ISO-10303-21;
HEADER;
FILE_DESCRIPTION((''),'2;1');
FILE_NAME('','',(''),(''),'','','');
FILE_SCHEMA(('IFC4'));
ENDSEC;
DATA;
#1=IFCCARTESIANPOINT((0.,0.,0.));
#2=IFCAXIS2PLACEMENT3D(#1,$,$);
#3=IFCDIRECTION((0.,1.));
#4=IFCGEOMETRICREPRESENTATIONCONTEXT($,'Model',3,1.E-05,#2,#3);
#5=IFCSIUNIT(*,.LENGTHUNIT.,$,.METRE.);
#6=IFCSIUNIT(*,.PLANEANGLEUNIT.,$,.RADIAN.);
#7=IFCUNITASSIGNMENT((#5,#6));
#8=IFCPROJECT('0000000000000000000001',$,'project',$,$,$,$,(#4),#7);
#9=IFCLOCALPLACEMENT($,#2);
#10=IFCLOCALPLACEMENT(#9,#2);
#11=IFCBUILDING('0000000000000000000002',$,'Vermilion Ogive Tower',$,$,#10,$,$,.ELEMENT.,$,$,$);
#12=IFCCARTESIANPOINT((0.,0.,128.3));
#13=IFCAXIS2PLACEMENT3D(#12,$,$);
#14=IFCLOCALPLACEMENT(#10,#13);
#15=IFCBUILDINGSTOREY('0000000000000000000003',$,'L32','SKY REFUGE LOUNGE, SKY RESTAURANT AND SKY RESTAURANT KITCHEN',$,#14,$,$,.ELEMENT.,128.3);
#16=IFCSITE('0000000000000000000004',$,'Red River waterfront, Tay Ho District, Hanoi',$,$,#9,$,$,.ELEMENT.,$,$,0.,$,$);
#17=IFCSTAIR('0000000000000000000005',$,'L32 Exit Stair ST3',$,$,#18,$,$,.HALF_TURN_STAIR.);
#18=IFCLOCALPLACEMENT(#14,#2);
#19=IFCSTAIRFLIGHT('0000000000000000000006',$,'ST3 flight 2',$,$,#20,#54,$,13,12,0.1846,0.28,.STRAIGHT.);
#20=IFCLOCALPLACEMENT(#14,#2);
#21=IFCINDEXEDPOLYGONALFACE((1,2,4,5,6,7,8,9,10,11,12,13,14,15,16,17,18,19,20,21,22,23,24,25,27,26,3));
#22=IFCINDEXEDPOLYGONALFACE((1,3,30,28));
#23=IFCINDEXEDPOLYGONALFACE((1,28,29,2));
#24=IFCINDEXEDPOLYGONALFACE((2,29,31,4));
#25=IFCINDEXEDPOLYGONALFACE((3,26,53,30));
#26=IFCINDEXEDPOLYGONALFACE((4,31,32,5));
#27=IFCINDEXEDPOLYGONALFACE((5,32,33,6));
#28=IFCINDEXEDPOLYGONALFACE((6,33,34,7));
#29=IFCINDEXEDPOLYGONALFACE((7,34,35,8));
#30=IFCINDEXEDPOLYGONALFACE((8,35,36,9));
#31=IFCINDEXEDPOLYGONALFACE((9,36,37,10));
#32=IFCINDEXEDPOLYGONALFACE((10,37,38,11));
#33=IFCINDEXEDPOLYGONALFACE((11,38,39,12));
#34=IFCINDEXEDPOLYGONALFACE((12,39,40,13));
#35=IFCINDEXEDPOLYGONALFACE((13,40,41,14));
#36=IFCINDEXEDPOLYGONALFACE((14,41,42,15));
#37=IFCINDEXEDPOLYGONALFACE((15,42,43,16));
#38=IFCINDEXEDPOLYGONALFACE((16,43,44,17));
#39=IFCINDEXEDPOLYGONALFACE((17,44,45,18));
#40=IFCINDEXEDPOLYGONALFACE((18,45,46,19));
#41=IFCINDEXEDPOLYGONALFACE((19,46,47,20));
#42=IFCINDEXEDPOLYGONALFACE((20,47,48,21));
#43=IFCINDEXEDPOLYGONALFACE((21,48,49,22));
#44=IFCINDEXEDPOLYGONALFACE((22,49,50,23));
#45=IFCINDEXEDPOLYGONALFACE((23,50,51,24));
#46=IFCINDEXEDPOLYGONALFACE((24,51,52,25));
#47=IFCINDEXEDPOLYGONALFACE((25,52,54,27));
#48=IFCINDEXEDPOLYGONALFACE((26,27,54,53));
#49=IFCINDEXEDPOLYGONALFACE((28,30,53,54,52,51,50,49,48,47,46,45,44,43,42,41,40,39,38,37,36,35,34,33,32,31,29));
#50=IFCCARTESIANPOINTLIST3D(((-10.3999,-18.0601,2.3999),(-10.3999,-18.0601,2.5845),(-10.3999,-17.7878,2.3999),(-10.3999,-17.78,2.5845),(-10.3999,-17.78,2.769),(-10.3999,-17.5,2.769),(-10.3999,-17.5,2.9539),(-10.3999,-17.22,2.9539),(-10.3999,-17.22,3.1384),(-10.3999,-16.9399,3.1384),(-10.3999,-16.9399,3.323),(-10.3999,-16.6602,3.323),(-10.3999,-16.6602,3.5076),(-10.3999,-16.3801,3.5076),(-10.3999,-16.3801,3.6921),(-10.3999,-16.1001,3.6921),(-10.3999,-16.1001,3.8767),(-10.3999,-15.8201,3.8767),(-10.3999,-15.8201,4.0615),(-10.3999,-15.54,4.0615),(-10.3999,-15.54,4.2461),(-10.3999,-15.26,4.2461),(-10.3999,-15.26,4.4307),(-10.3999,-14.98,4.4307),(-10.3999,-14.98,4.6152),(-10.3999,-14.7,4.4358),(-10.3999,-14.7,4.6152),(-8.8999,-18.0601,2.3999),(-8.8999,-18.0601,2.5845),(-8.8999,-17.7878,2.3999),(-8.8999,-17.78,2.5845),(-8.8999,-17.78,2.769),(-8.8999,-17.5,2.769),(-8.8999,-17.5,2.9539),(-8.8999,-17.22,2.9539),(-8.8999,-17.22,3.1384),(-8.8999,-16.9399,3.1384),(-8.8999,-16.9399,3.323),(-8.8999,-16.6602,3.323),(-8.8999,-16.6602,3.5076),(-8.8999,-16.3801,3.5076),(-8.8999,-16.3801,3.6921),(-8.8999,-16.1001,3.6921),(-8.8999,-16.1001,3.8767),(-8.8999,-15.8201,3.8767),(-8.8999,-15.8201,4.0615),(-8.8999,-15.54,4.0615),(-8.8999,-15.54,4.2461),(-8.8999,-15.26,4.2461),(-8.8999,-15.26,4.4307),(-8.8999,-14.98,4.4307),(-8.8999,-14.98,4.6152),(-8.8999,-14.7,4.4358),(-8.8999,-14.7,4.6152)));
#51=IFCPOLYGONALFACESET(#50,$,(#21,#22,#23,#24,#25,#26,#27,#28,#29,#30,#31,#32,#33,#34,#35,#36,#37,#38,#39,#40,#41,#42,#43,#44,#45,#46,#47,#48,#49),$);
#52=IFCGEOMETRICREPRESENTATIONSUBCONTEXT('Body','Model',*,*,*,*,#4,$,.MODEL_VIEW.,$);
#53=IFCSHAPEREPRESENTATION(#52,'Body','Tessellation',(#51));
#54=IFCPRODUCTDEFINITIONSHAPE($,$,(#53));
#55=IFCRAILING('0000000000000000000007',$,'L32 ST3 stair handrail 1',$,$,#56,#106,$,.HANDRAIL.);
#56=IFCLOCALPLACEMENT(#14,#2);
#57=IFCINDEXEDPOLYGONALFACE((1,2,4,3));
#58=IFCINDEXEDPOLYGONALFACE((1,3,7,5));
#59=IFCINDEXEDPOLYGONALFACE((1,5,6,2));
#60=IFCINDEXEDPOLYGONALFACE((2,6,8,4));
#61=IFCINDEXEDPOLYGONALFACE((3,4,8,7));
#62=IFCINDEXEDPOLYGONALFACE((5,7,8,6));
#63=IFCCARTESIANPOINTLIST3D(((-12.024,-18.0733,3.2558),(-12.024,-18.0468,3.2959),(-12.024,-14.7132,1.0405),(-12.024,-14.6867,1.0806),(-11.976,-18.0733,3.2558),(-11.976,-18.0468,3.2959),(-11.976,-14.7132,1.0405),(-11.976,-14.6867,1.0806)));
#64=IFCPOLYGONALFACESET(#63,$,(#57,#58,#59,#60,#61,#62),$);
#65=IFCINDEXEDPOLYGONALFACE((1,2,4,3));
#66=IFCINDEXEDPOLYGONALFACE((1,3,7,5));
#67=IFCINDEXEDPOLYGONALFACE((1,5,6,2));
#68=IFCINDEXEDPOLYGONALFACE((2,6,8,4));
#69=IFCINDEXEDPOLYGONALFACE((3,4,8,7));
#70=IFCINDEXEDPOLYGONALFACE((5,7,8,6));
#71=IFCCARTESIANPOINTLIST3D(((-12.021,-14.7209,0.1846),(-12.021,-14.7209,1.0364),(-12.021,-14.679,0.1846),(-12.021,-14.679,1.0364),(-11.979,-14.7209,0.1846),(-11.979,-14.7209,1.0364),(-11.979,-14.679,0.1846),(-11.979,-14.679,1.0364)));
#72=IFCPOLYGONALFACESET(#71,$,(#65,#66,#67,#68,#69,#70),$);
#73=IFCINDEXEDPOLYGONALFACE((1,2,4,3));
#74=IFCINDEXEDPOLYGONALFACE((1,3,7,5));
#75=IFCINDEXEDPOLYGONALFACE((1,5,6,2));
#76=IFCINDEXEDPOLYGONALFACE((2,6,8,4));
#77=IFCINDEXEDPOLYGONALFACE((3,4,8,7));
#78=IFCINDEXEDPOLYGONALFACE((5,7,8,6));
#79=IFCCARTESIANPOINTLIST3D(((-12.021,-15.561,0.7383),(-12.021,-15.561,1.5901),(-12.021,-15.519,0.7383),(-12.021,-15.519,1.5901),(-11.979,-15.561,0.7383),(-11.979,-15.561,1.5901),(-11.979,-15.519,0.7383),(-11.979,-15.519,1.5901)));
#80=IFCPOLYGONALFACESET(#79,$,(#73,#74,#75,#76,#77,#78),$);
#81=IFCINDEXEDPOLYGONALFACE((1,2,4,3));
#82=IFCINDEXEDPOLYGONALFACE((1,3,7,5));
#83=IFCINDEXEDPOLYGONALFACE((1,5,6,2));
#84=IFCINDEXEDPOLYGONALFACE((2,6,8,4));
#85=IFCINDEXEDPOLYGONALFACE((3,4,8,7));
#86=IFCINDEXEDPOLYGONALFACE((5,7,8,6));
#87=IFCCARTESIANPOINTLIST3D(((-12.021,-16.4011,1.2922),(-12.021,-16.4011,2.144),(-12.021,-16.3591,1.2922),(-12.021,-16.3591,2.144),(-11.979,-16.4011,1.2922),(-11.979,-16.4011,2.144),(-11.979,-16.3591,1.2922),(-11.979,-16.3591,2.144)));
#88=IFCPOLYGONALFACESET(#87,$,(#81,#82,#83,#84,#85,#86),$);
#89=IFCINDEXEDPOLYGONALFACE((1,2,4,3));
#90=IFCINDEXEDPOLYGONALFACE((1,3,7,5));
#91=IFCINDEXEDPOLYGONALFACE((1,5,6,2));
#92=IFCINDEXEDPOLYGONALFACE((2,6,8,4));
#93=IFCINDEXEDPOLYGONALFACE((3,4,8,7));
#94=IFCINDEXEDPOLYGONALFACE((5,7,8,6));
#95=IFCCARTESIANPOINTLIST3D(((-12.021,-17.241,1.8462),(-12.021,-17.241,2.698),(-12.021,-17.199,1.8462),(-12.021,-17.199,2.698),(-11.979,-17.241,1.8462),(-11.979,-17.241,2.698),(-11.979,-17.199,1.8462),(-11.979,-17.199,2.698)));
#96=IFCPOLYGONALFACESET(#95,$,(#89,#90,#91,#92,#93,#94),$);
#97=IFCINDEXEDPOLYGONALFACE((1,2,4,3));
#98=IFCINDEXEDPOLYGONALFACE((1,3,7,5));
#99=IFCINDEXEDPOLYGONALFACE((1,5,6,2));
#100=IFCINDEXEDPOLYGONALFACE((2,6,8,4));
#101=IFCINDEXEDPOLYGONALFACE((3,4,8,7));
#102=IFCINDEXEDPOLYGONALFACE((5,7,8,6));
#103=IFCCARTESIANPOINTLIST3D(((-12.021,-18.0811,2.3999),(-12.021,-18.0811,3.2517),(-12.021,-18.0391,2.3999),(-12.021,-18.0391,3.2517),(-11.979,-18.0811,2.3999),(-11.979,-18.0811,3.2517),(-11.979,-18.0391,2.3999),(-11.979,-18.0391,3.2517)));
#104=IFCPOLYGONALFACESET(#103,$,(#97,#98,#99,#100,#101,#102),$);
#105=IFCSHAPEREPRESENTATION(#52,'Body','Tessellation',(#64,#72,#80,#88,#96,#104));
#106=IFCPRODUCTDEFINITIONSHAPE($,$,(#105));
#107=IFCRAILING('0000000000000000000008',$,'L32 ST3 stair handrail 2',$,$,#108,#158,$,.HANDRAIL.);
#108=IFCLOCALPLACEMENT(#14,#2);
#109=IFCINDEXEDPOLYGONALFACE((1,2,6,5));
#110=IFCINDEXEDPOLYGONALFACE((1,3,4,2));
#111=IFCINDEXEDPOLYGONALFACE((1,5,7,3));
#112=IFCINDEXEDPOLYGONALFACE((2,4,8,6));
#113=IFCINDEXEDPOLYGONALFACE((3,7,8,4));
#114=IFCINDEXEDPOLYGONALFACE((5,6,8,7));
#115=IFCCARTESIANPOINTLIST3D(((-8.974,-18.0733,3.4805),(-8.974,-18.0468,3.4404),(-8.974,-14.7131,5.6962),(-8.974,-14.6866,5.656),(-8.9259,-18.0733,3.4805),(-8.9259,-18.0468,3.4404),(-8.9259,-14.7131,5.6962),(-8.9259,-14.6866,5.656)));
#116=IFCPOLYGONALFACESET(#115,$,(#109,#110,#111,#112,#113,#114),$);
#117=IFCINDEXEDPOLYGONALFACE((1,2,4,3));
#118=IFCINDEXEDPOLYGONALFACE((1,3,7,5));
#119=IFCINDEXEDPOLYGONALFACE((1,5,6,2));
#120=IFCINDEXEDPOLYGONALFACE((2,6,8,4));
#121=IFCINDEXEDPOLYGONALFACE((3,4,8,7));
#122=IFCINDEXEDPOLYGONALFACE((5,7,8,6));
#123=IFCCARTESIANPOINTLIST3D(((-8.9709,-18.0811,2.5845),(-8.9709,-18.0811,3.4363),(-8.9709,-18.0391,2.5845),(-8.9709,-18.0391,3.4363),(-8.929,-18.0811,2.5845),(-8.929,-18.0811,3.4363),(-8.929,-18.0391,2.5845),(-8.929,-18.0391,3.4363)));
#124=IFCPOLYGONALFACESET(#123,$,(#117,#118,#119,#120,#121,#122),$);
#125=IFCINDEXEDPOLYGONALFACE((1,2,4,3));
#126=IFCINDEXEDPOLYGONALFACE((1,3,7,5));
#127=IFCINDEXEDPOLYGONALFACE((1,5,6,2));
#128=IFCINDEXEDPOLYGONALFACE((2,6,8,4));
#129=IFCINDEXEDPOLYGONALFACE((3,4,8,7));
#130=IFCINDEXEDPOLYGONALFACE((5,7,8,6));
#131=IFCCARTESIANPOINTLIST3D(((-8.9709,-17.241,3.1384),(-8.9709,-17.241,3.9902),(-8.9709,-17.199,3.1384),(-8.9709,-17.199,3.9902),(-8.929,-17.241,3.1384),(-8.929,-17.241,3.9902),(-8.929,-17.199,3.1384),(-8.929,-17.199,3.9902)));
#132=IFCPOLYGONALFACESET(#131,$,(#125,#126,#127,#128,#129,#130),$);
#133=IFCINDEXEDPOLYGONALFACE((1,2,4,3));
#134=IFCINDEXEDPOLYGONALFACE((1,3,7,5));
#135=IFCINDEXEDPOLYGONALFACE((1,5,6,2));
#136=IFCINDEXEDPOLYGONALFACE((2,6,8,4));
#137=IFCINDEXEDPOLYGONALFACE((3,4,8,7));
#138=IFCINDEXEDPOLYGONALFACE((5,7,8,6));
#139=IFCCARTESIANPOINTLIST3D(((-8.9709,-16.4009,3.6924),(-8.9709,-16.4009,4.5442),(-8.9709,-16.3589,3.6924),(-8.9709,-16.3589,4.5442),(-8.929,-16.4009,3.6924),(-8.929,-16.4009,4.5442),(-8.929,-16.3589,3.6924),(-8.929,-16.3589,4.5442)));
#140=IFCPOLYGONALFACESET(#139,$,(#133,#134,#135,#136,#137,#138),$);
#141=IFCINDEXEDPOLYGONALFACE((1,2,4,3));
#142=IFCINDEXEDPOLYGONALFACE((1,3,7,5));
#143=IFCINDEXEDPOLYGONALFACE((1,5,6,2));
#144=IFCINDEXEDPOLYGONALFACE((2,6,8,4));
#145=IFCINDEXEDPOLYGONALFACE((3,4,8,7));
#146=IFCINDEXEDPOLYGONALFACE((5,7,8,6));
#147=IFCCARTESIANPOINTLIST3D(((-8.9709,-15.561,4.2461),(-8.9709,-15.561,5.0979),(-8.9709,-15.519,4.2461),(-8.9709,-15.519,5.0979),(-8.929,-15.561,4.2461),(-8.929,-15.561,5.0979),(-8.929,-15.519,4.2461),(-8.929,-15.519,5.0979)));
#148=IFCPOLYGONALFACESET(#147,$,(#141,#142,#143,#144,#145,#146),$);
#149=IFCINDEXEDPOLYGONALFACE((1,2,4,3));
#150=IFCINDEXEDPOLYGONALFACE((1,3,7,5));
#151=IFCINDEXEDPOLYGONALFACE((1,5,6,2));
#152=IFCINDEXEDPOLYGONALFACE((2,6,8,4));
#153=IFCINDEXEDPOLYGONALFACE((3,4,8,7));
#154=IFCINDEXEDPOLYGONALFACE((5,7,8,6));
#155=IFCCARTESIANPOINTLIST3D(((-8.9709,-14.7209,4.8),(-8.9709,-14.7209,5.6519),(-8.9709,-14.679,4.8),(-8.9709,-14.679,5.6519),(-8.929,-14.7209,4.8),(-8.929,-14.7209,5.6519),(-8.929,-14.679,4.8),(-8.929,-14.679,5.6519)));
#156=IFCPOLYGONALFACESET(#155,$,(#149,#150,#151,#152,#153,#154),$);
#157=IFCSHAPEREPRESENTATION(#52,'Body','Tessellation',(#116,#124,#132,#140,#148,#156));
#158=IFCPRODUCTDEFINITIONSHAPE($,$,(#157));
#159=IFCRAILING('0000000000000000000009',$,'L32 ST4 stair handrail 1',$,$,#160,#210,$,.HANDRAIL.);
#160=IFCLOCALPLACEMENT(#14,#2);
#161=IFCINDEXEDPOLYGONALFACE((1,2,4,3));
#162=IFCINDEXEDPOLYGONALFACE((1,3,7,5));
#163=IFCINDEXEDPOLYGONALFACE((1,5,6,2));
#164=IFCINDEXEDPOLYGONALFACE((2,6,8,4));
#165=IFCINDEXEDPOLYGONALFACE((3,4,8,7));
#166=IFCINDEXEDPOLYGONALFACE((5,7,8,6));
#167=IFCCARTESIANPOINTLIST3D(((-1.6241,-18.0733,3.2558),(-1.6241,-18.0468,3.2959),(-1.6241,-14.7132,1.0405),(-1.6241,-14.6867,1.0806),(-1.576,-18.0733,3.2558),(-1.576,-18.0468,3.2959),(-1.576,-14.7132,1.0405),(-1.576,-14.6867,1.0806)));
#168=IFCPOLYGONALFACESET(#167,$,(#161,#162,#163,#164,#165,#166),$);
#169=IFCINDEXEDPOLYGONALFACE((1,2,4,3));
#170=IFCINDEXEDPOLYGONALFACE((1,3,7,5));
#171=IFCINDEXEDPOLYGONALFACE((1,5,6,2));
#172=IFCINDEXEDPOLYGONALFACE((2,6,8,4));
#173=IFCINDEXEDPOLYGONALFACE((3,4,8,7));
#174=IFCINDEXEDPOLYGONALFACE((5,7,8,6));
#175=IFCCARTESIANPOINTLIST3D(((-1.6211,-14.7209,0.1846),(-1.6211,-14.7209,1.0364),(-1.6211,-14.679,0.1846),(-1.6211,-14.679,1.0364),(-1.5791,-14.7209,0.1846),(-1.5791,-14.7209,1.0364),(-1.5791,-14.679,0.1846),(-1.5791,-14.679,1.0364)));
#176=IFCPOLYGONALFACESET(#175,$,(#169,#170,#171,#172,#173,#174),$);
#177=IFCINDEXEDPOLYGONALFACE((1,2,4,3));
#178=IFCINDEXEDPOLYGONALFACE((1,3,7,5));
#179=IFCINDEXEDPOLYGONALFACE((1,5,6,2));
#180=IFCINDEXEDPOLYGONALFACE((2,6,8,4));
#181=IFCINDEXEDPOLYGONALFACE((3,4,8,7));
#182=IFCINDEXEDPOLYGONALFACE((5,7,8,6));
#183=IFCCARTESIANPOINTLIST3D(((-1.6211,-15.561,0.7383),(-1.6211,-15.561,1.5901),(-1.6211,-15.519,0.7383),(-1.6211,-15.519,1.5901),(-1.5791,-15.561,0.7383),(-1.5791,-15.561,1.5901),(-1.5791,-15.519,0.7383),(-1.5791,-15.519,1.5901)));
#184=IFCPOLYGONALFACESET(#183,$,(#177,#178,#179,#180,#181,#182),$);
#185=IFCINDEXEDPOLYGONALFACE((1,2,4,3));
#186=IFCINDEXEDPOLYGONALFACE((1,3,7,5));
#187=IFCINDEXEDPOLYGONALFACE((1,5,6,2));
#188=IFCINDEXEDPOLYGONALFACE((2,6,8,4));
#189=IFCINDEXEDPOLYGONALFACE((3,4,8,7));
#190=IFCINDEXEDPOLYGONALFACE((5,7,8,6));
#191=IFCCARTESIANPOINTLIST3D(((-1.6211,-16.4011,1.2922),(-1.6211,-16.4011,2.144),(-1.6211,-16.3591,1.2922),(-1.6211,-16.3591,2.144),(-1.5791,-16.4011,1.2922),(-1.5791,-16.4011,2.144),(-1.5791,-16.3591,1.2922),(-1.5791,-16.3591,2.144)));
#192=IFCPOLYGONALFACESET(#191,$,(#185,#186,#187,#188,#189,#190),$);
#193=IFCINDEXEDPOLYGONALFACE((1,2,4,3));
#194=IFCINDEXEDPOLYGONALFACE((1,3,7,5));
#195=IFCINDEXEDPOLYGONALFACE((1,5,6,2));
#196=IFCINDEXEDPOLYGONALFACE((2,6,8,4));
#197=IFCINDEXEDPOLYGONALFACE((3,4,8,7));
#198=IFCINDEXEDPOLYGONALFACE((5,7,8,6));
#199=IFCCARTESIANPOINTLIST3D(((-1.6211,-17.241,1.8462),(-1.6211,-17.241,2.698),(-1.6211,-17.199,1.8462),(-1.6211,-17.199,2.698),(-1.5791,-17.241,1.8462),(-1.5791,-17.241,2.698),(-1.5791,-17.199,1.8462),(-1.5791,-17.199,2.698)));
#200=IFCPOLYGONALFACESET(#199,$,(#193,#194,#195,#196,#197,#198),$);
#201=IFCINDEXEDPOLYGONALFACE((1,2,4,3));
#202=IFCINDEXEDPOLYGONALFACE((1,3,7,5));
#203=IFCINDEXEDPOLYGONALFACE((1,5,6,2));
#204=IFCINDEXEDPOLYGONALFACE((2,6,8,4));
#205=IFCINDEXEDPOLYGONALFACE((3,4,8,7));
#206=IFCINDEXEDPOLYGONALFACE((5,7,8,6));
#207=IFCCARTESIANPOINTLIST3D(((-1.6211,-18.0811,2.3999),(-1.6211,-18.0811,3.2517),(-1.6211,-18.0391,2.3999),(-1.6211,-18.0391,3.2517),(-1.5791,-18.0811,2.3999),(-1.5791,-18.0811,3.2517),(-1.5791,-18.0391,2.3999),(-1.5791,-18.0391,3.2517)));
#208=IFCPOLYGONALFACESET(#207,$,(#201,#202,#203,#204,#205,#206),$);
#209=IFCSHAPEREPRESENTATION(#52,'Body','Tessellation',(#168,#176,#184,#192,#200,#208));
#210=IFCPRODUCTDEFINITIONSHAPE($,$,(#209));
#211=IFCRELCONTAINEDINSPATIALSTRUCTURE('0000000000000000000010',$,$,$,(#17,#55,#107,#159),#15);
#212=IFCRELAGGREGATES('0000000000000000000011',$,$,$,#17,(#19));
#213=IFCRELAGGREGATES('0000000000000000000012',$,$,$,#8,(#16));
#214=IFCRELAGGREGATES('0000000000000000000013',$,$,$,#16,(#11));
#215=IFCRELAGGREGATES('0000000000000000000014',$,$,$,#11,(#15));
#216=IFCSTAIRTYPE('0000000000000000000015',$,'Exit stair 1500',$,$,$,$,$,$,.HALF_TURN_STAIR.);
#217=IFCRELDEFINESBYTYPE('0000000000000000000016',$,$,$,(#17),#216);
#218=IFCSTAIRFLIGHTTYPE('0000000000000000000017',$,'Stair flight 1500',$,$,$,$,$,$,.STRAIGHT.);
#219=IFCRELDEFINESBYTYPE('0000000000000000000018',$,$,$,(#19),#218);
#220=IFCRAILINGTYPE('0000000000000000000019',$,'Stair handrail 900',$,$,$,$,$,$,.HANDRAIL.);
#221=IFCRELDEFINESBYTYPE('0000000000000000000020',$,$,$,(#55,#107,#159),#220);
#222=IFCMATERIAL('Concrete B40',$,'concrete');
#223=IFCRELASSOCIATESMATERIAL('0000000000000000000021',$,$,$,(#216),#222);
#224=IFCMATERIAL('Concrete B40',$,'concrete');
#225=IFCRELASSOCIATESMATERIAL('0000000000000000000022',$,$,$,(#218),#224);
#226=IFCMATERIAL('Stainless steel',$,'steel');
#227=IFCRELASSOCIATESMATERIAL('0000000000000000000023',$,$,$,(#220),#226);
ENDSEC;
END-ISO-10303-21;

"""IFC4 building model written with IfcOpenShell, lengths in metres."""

from ifc_helpers import new_model, si_unit, direction, frame, origin, origin_2d, place, context, subcontext, project, spatial, polyline, rectangle, outline, extrude, material, type_object, element, aggregate, save


model = new_model("IFC4")

# Units and contexts
model_context = context("Model", 3, precision=1e-05, world=origin(), true_north=direction((0.0, 1.0)))
body_context = subcontext(model_context, "Body", "Model", "MODEL_VIEW")
ifc_project = project(units=[si_unit("LENGTHUNIT", "METRE"), si_unit("PLANEANGLEUNIT", "RADIAN")], contexts=[model_context])

# Site, building, storey
site_placement = place(None, origin())
site = spatial("IfcSite", under=ifc_project, at=site_placement, Name="Red River waterfront, Tay Ho District, Hanoi", CompositionType="ELEMENT", RefElevation=0.0)
building_placement = place(site_placement, origin())
building = spatial("IfcBuilding", under=site, at=building_placement, Name="Vermilion Ogive Tower", CompositionType="ELEMENT")
storey_placement = place(building_placement, frame((0.0, 0.0, 128.3)))
storey = spatial("IfcBuildingStorey", under=building, at=storey_placement, Name="L32", Description="SKY REFUGE LOUNGE, SKY RESTAURANT AND SKY RESTAURANT KITCHEN", CompositionType="ELEMENT", Elevation=128.3)

# Stair, stair flight
ifc_material_1 = material(Name="Concrete B40", Category="concrete")
stair_type = type_object("IfcStairType", Name="Exit stair 1500", PredefinedType="HALF_TURN_STAIR", material=ifc_material_1)
stair_placement = place(storey_placement, origin())
stair = element("IfcStair", 1, at=stair_placement, inside=storey, type_object=stair_type, Name="L32 Exit Stair ST3", PredefinedType="HALF_TURN_STAIR")
ifc_material_2 = material(Name="Concrete B40", Category="concrete")
stair_flight_type = type_object("IfcStairFlightType", Name="Stair flight 1500", PredefinedType="STRAIGHT", material=ifc_material_2)
stair_flight_1_placement = place(storey_placement, frame((-9.6499, -18.0601, 2.3999), z_axis=(0.0, 0.0, 1.0), x_axis=(0.0, 1.0, 0.0)))
stair_flight_1 = element("IfcStairFlight", 2, at=stair_flight_1_placement, type_object=stair_flight_type, Name="ST3 flight 2", NumberOfRisers=13, NumberOfTreads=12, PredefinedType="STRAIGHT", RiserHeight=0.1846, TreadLength=0.28, context=body_context, shape_type="SweptSolid", body=[
    extrude(outline(polyline([(0.0, 0.0), (0.0, 0.1846), (0.28, 0.1846), (0.28, 0.3691), (0.5601, 0.3691), (0.5601, 0.554), (0.8401, 0.554), (0.8401, 0.7385), (1.1201, 0.7385), (1.1201, 0.9231), (1.3999, 0.9231), (1.3999, 1.1077), (1.6799, 1.1077), (1.6799, 1.2922), (1.96, 1.2922), (1.96, 1.4768), (2.24, 1.4768), (2.24, 1.6616), (2.52, 1.6616), (2.52, 1.8462), (2.8, 1.8462), (2.8, 2.0308), (3.0801, 2.0308), (3.0801, 2.2153), (3.3601, 2.2153), (3.3601, 2.3999), (3.3601, 2.0359), (0.2722, 0.0), (0.0, 0.0)])), frame((0.0, 0.75, 0.0), z_axis=(0.0, -1.0, 0.0), x_axis=(1.0, 0.0, 0.0)), (0.0, 0.0, 1.0), 1.5),
])
aggregate(stair, [stair_flight_1])

# Railings
ifc_material_3 = material(Name="Stainless steel", Category="steel")
railing_type = type_object("IfcRailingType", Name="Stair handrail 900", PredefinedType="HANDRAIL", material=ifc_material_3)
railing_1_placement = place(storey_placement, frame((-12.0, -14.7, 0.1846)))
element("IfcRailing", 3, at=railing_1_placement, inside=storey, type_object=railing_type, Name="L32 ST3 stair handrail 1", PredefinedType="HANDRAIL", context=body_context, shape_type="SweptSolid", body=[
    extrude(rectangle(XDim=0.0481, YDim=0.0481, at=origin_2d()), frame((0.0, 0.0, 0.876), z_axis=(0.0, -0.834876, 0.550437), x_axis=(1.0, 0.0, 0.0)), (0.0, 0.0, 1.0), 4.0247),
    extrude(rectangle(XDim=0.042, YDim=0.042, at=origin_2d()), origin(), (0.0, 0.0, 1.0), 0.8518),
    extrude(rectangle(XDim=0.042, YDim=0.042, at=origin_2d()), frame((0.0, -0.8401, 0.5537)), (0.0, 0.0, 1.0), 0.8518),
    extrude(rectangle(XDim=0.042, YDim=0.042, at=origin_2d()), frame((0.0, -1.6802, 1.1077)), (0.0, 0.0, 1.0), 0.8518),
    extrude(rectangle(XDim=0.042, YDim=0.042, at=origin_2d()), frame((0.0, -2.52, 1.6616)), (0.0, 0.0, 1.0), 0.8518),
    extrude(rectangle(XDim=0.042, YDim=0.042, at=origin_2d()), frame((0.0, -3.3601, 2.2153)), (0.0, 0.0, 1.0), 0.8518),
])
railing_2_placement = place(storey_placement, frame((-8.95, -18.0601, 2.5845)))
element("IfcRailing", 4, at=railing_2_placement, inside=storey, type_object=railing_type, Name="L32 ST3 stair handrail 2", PredefinedType="HANDRAIL", context=body_context, shape_type="SweptSolid", body=[
    extrude(rectangle(XDim=0.0481, YDim=0.0481, at=origin_2d()), frame((0.0, 0.0, 0.876), z_axis=(0.0, 0.834849, 0.55048), x_axis=(-1.0, 0.0, 0.0)), (0.0, 0.0, 1.0), 4.0249),
    extrude(rectangle(XDim=0.042, YDim=0.042, at=origin_2d()), origin(), (0.0, 0.0, 1.0), 0.8518),
    extrude(rectangle(XDim=0.042, YDim=0.042, at=origin_2d()), frame((0.0, 0.8401, 0.554)), (0.0, 0.0, 1.0), 0.8518),
    extrude(rectangle(XDim=0.042, YDim=0.042, at=origin_2d()), frame((0.0, 1.6802, 1.1079)), (0.0, 0.0, 1.0), 0.8518),
    extrude(rectangle(XDim=0.042, YDim=0.042, at=origin_2d()), frame((0.0, 2.52, 1.6616)), (0.0, 0.0, 1.0), 0.8518),
    extrude(rectangle(XDim=0.042, YDim=0.042, at=origin_2d()), frame((0.0, 3.3601, 2.2156)), (0.0, 0.0, 1.0), 0.8518),
])
railing_3_placement = place(storey_placement, frame((-1.6001, -14.7, 0.1846)))
element("IfcRailing", 5, at=railing_3_placement, inside=storey, type_object=railing_type, Name="L32 ST4 stair handrail 1", PredefinedType="HANDRAIL", context=body_context, shape_type="SweptSolid", body=[
    extrude(rectangle(XDim=0.0481, YDim=0.0481, at=origin_2d()), frame((0.0, 0.0, 0.876), z_axis=(0.0, -0.834876, 0.550437), x_axis=(1.0, 0.0, 0.0)), (0.0, 0.0, 1.0), 4.0247),
    extrude(rectangle(XDim=0.042, YDim=0.042, at=origin_2d()), origin(), (0.0, 0.0, 1.0), 0.8518),
    extrude(rectangle(XDim=0.042, YDim=0.042, at=origin_2d()), frame((0.0, -0.8401, 0.5537)), (0.0, 0.0, 1.0), 0.8518),
    extrude(rectangle(XDim=0.042, YDim=0.042, at=origin_2d()), frame((0.0, -1.6802, 1.1077)), (0.0, 0.0, 1.0), 0.8518),
    extrude(rectangle(XDim=0.042, YDim=0.042, at=origin_2d()), frame((0.0, -2.52, 1.6616)), (0.0, 0.0, 1.0), 0.8518),
    extrude(rectangle(XDim=0.042, YDim=0.042, at=origin_2d()), frame((0.0, -3.3601, 2.2153)), (0.0, 0.0, 1.0), 0.8518),
])

save(model, "model.ifc")
